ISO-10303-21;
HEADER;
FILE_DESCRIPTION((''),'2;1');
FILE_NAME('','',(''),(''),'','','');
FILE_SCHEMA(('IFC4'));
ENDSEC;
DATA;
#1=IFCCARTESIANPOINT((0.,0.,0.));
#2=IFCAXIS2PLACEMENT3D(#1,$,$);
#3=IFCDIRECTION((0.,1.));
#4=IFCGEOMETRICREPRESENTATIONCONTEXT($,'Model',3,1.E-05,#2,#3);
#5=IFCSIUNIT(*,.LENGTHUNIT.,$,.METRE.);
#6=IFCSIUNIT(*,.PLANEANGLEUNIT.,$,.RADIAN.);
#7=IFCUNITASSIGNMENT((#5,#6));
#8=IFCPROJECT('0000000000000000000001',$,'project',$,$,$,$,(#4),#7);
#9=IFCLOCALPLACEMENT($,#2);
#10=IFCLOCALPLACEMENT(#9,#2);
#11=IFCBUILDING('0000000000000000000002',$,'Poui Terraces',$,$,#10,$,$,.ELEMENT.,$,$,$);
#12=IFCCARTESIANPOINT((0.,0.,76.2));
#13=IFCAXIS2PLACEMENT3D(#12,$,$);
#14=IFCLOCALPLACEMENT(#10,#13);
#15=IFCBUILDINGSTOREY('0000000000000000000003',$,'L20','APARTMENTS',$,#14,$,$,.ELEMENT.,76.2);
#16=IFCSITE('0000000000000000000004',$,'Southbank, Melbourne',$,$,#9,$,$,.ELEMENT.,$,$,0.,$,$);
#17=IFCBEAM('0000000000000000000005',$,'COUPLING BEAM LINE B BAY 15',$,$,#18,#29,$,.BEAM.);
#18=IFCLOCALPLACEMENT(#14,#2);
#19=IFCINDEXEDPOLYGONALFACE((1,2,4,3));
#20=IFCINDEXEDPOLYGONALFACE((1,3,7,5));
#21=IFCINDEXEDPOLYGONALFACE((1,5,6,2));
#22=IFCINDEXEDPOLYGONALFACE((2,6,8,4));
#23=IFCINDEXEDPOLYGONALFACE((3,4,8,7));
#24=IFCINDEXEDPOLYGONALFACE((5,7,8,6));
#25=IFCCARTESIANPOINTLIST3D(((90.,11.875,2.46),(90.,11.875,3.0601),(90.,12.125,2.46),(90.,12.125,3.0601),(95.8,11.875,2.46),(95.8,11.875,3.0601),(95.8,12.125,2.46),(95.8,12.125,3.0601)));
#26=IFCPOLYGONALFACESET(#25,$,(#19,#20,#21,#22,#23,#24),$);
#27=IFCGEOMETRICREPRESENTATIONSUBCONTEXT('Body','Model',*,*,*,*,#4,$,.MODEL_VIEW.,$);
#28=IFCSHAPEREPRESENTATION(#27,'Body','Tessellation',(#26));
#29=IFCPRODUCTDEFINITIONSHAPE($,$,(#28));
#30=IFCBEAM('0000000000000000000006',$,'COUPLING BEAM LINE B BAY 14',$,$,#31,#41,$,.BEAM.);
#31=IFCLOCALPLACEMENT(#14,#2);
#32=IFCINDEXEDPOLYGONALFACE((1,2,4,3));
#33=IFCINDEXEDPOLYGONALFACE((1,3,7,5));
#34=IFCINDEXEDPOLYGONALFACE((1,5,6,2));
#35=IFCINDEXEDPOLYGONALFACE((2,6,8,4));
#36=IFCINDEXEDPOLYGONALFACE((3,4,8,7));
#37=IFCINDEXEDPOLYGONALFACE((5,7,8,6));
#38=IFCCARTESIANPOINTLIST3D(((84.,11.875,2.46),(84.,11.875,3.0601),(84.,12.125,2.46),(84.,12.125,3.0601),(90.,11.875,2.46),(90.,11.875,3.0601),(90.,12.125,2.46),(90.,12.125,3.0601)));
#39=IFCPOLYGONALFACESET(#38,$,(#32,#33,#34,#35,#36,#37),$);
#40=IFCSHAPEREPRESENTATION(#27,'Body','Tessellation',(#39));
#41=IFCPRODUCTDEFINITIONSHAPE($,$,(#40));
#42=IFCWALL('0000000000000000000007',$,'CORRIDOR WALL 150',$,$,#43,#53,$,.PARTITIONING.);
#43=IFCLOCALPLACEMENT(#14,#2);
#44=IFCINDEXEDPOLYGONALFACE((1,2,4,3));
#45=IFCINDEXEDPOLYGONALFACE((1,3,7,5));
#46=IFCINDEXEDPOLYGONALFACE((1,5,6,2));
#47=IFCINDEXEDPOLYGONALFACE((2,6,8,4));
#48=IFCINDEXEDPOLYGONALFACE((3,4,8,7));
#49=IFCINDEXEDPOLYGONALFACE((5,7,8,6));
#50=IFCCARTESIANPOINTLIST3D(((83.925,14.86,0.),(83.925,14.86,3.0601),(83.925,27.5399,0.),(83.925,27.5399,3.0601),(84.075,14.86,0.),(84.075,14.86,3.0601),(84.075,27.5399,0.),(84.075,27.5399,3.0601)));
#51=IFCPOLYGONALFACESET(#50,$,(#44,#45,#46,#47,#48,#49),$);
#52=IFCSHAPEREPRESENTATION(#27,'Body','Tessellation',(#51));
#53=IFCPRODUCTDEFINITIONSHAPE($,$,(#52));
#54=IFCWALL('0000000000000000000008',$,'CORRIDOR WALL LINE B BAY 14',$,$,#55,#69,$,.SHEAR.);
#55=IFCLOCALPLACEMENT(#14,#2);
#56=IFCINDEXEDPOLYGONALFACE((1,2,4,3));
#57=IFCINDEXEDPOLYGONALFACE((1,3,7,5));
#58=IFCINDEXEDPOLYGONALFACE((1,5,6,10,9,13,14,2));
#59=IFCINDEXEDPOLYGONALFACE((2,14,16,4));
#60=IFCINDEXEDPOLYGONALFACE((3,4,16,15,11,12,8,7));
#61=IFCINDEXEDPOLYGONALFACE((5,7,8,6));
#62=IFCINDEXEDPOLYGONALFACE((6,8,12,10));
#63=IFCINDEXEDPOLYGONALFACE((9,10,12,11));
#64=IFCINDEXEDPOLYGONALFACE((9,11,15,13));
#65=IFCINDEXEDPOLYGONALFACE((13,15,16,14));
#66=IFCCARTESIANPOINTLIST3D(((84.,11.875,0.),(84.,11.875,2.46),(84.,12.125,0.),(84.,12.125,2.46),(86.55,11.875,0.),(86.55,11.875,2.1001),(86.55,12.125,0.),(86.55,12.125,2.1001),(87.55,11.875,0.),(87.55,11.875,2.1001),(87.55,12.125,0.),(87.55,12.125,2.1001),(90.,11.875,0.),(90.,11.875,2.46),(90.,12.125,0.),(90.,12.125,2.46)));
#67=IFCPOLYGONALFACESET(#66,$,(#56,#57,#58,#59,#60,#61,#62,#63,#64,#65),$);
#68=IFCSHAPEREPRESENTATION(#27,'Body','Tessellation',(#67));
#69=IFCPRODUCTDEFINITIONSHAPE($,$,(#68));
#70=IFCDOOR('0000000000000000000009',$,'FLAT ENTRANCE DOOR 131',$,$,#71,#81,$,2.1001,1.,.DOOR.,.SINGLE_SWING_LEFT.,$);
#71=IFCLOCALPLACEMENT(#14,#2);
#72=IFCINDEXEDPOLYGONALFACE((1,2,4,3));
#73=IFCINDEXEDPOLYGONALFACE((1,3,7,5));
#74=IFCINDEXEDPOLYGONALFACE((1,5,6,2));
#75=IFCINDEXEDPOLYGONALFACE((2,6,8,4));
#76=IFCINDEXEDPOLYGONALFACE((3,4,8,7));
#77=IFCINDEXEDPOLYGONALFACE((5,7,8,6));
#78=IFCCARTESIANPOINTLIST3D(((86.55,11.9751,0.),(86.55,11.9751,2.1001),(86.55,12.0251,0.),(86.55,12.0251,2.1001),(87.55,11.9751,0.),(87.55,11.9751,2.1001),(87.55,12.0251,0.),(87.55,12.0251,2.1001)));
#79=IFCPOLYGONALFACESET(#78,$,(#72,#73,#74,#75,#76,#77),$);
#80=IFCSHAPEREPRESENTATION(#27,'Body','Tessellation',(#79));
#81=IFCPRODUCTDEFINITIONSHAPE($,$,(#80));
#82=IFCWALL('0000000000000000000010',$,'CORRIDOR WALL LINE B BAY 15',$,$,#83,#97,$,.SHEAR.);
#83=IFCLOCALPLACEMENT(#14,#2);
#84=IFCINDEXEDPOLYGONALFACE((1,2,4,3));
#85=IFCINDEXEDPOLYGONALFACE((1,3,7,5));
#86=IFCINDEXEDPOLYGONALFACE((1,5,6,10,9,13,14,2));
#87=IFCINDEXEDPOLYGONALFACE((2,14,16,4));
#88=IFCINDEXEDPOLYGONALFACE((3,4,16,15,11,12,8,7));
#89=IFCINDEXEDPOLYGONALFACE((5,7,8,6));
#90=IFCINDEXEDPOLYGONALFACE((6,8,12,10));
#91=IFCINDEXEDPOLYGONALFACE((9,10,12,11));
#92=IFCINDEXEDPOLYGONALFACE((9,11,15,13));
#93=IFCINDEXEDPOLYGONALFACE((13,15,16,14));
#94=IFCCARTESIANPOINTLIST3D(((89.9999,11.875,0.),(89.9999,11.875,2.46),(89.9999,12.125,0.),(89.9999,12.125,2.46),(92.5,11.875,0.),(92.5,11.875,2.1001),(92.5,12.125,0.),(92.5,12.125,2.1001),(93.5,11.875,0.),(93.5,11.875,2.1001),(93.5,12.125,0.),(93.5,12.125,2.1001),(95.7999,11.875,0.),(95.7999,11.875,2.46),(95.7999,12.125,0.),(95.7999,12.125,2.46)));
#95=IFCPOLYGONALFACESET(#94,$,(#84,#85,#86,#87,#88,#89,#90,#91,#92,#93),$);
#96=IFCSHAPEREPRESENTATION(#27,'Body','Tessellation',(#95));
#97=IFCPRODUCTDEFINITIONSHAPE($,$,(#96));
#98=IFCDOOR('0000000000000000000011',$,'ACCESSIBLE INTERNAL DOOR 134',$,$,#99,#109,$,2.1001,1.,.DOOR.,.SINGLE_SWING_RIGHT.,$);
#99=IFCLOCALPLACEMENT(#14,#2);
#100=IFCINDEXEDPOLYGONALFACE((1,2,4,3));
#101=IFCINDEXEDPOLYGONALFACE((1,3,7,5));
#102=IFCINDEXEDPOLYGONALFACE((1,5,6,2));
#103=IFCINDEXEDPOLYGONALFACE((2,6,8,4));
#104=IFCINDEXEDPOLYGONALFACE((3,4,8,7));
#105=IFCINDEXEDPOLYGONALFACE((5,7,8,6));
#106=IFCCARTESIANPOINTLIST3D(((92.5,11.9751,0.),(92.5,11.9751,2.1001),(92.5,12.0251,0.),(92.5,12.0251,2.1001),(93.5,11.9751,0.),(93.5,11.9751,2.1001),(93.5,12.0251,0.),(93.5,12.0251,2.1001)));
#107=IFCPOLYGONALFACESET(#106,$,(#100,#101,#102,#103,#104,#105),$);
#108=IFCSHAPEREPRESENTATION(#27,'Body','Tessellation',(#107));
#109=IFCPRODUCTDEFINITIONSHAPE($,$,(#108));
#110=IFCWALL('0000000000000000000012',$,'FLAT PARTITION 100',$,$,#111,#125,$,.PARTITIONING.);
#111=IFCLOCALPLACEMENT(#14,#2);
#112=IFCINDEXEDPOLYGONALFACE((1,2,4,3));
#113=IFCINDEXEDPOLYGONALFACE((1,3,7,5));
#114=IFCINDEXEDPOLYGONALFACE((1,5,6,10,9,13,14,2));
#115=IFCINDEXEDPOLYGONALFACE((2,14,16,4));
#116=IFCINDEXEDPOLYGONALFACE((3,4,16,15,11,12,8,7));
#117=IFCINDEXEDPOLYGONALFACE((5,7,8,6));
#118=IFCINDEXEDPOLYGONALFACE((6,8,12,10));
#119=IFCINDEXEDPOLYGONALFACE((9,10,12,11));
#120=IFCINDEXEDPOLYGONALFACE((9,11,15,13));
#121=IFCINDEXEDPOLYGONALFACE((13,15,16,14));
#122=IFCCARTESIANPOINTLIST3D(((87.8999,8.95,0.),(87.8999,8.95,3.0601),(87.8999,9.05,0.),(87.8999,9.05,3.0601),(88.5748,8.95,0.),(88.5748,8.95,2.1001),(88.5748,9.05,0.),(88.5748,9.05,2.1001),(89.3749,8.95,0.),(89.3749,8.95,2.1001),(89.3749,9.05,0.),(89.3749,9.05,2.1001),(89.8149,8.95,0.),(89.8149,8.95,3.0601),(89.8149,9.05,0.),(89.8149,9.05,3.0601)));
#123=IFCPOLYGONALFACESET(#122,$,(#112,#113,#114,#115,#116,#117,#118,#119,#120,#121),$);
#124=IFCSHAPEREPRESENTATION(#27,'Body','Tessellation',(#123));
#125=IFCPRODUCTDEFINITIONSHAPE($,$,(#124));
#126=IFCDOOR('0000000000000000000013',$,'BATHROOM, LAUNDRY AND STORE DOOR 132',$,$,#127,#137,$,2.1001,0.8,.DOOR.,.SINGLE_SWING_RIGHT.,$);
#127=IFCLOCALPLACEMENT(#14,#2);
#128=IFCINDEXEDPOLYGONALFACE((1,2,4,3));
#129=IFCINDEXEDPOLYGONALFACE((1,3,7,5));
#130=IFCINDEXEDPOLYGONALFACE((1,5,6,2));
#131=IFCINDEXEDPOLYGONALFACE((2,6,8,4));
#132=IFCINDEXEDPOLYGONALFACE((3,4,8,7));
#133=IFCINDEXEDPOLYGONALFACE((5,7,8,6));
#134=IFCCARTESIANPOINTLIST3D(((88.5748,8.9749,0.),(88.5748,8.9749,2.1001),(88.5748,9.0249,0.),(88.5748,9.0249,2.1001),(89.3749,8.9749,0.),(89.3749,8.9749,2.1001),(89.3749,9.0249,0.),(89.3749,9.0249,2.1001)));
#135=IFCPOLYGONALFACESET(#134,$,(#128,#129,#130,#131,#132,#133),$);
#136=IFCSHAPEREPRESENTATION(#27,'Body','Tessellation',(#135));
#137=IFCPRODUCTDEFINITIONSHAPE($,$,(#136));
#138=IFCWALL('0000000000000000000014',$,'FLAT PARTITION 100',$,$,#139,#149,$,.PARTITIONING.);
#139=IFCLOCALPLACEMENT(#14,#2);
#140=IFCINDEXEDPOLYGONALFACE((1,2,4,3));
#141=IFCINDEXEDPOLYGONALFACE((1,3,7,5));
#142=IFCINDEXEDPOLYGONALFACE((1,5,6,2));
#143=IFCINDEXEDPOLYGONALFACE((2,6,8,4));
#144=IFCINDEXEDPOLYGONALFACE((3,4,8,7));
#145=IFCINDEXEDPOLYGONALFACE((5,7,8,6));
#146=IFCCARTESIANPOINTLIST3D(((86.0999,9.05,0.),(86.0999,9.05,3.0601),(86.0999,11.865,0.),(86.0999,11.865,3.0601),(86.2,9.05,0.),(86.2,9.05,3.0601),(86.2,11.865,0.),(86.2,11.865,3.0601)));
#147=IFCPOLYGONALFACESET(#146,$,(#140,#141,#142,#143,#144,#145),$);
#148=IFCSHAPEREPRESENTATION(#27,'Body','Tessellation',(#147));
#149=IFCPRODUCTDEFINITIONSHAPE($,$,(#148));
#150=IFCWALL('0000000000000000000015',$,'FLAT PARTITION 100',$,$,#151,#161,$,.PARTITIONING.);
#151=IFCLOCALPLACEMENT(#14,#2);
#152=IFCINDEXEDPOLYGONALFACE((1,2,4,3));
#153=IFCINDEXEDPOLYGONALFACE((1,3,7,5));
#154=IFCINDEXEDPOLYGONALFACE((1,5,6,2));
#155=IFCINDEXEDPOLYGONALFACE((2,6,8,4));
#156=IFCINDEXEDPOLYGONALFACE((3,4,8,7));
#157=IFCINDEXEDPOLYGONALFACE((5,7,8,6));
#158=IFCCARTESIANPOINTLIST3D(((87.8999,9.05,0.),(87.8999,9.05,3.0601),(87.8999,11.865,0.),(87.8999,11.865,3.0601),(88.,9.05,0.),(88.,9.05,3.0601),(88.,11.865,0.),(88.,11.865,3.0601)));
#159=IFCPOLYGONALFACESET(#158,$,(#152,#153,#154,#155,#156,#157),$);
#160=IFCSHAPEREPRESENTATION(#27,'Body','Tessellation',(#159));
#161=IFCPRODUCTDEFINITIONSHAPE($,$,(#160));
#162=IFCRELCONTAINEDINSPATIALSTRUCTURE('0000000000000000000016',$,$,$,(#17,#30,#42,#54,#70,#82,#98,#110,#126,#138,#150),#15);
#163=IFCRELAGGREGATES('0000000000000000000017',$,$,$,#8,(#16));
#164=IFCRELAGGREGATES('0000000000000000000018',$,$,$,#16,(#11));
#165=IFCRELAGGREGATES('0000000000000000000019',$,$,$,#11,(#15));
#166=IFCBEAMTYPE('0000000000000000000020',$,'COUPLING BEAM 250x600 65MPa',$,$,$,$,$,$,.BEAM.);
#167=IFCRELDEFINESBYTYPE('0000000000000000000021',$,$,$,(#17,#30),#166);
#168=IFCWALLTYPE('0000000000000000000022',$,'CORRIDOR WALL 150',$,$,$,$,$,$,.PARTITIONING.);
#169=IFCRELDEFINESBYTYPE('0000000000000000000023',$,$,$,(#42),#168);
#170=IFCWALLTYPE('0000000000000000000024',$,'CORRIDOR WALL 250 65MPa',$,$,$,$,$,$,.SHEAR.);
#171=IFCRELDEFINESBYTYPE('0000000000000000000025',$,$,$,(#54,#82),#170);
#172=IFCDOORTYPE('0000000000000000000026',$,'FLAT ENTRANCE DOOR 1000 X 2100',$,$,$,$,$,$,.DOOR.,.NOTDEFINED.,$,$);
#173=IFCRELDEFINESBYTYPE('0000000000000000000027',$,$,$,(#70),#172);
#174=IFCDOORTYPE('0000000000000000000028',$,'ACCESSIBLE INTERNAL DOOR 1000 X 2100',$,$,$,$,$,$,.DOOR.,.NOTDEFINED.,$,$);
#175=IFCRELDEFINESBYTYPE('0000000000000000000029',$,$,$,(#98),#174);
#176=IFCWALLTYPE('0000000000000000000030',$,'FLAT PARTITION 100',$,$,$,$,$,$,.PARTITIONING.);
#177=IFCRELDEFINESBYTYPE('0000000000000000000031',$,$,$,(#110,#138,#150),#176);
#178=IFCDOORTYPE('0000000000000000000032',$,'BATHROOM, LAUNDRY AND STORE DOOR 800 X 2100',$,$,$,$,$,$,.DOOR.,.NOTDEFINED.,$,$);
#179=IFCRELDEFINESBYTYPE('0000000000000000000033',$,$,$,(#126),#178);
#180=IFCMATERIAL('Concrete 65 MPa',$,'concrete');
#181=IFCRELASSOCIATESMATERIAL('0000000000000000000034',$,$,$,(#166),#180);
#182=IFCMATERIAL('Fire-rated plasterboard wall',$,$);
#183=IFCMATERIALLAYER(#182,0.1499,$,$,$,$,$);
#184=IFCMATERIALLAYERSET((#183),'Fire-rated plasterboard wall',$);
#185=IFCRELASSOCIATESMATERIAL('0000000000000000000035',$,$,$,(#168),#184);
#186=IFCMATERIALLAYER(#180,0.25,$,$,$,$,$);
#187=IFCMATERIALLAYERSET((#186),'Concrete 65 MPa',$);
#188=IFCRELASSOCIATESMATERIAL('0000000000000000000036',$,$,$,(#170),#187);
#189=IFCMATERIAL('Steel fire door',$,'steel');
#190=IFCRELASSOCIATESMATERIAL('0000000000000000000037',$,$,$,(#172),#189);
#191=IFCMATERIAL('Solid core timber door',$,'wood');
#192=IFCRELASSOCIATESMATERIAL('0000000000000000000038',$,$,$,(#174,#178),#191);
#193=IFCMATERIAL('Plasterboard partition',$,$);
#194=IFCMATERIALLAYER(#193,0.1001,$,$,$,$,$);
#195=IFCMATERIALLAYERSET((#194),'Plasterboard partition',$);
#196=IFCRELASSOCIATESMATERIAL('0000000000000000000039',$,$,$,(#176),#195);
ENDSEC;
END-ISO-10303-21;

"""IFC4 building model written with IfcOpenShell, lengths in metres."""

from ifc_helpers import new_model, si_unit, direction, frame, frame_2d, origin, origin_2d, place, context, subcontext, project, spatial, rectangle, extrude, source, transform, mapped, material, layer, layer_set, material_profile, profile_set, type_object, element, fill, save


model = new_model("IFC4")

# Units and contexts
model_context = context("Model", 3, precision=1e-05, world=origin(), true_north=direction((0.0, 1.0)))
body_context = subcontext(model_context, "Body", "Model", "MODEL_VIEW")
ifc_project = project(units=[si_unit("LENGTHUNIT", "METRE"), si_unit("PLANEANGLEUNIT", "RADIAN")], contexts=[model_context])

# Site, building, storey
site_placement = place(None, origin())
site = spatial("IfcSite", under=ifc_project, at=site_placement, Name="Southbank, Melbourne", CompositionType="ELEMENT", RefElevation=0.0)
building_placement = place(site_placement, origin())
building = spatial("IfcBuilding", under=site, at=building_placement, Name="Poui Terraces", CompositionType="ELEMENT")
storey_placement = place(building_placement, frame((0.0, 0.0, 76.2)))
storey = spatial("IfcBuildingStorey", under=building, at=storey_placement, Name="L20", Description="APARTMENTS", CompositionType="ELEMENT", Elevation=76.2)

# Beams
ifc_material_1 = material(Name="Concrete 65 MPa", Category="concrete")
ifc_material_profile = material_profile(ifc_material_1, rectangle(XDim=0.25, YDim=0.6001, at=origin_2d()), Name="RC 250x600")
ifc_profile_set = profile_set([ifc_material_profile], Name="Concrete 65 MPa")
beam_type = type_object("IfcBeamType", Name="COUPLING BEAM 250x600 65MPa", PredefinedType="BEAM", material=ifc_profile_set)
shared_shape_1 = source(origin(), body_context, "Body", "SweptSolid", [
    extrude(rectangle(XDim=0.25, YDim=0.6001, at=origin_2d()), origin(), (0.0, 0.0, 1.0), 5.8),
])
beam_1_placement = place(storey_placement, frame((90.0, 12.0, 2.76), z_axis=(1.0, 0.0, 0.0), x_axis=(0.0, 1.0, 0.0)))
element("IfcBeam", 1, at=beam_1_placement, inside=storey, type_object=beam_type, Name="COUPLING BEAM LINE B BAY 15", PredefinedType="BEAM", context=body_context, shape_type="MappedRepresentation", body=[
    mapped(shared_shape_1, transform((0.0, 0.0, 0.0))),
])
shared_shape_2 = source(origin(), body_context, "Body", "SweptSolid", [
    extrude(rectangle(XDim=0.25, YDim=0.6001, at=origin_2d()), origin(), (0.0, 0.0, 1.0), 6.0),
])
beam_2_placement = place(storey_placement, frame((84.0, 12.0, 2.76), z_axis=(1.0, 0.0, 0.0), x_axis=(0.0, 1.0, 0.0)))
element("IfcBeam", 2, at=beam_2_placement, inside=storey, type_object=beam_type, Name="COUPLING BEAM LINE B BAY 14", PredefinedType="BEAM", context=body_context, shape_type="MappedRepresentation", body=[
    mapped(shared_shape_2, transform((0.0, 0.0, 0.0))),
])

# Wall
ifc_material_2 = material(Name="Fire-rated plasterboard wall")
ifc_layer_1 = layer(ifc_material_2, 0.1499)
ifc_layer_set_1 = layer_set([ifc_layer_1], Name="Fire-rated plasterboard wall")
wall_type_1 = type_object("IfcWallType", Name="CORRIDOR WALL 150", PredefinedType="PARTITIONING", material=ifc_layer_set_1)
wall_1_placement = place(storey_placement, frame((84.0, 14.8601, 0.0), z_axis=(0.0, 0.0, 1.0), x_axis=(0.0, 1.0, 0.0)))
element("IfcWall", 3, at=wall_1_placement, inside=storey, type_object=wall_type_1, Name="CORRIDOR WALL 150", PredefinedType="PARTITIONING", context=body_context, shape_type="SweptSolid", body=[
    extrude(rectangle(XDim=12.6799, YDim=0.1499, at=frame_2d((6.3398, 0.0))), origin(), (0.0, 0.0, 1.0), 3.0601),
])

# Walls, openings, doors
ifc_layer_2 = layer(ifc_material_1, 0.25)
ifc_layer_set_2 = layer_set([ifc_layer_2], Name="Concrete 65 MPa")
wall_type_2 = type_object("IfcWallType", Name="CORRIDOR WALL 250 65MPa", PredefinedType="SHEAR", material=ifc_layer_set_2)
wall_2_placement = place(storey_placement, frame((84.0, 12.0, 0.0), z_axis=(0.0, 0.0, 1.0), x_axis=(1.0, 0.0, 0.0)))
wall_2 = element("IfcWall", 4, at=wall_2_placement, inside=storey, type_object=wall_type_2, Name="CORRIDOR WALL LINE B BAY 14", PredefinedType="SHEAR", context=body_context, shape_type="SweptSolid", body=[
    extrude(rectangle(XDim=6.0, YDim=0.25, at=frame_2d((3.0, 0.0))), origin(), (0.0, 0.0, 1.0), 2.46),
])
opening_1_placement = place(wall_2_placement, frame((2.55, 0.0, 0.0)))
opening_1 = element("IfcOpeningElement", 5, at=opening_1_placement, cuts=wall_2, PredefinedType="OPENING", context=body_context, shape_type="SweptSolid", body=[
    extrude(rectangle(XDim=1.0, YDim=2.1001, at=frame_2d((0.5, 1.05))), frame((0.0, 0.135, 0.0), z_axis=(0.0, -1.0, 0.0), x_axis=(1.0, 0.0, 0.0)), (0.0, 0.0, 1.0), 0.27),
])
ifc_material_3 = material(Name="Steel fire door", Category="steel")
door_type_1 = type_object("IfcDoorType", Name="FLAT ENTRANCE DOOR 1000 X 2100", OperationType="NOTDEFINED", PredefinedType="DOOR", material=ifc_material_3)
door_1_placement = place(opening_1_placement, frame((1.0, 0.0, 0.0), z_axis=(0.0, 0.0, 1.0), x_axis=(-1.0, 0.0, 0.0)))
door_1 = element("IfcDoor", 6, at=door_1_placement, inside=storey, type_object=door_type_1, Name="FLAT ENTRANCE DOOR 131", OperationType="SINGLE_SWING_LEFT", OverallHeight=2.1001, OverallWidth=1.0, PredefinedType="DOOR", context=body_context, shape_type="SweptSolid", body=[
    extrude(rectangle(XDim=1.0, YDim=2.1001, at=frame_2d((0.5, 1.05))), frame((0.0, 0.0249, 0.0), z_axis=(0.0, -1.0, 0.0), x_axis=(1.0, 0.0, 0.0)), (0.0, 0.0, 1.0), 0.05),
])
fill(opening_1, door_1)
wall_3_placement = place(storey_placement, frame((90.0, 12.0, 0.0), z_axis=(0.0, 0.0, 1.0), x_axis=(1.0, 0.0, 0.0)))
wall_3 = element("IfcWall", 7, at=wall_3_placement, inside=storey, type_object=wall_type_2, Name="CORRIDOR WALL LINE B BAY 15", PredefinedType="SHEAR", context=body_context, shape_type="SweptSolid", body=[
    extrude(rectangle(XDim=5.8, YDim=0.25, at=frame_2d((2.8999, 0.0))), origin(), (0.0, 0.0, 1.0), 2.46),
])
opening_2_placement = place(wall_3_placement, frame((2.5, 0.0, 0.0)))
opening_2 = element("IfcOpeningElement", 8, at=opening_2_placement, cuts=wall_3, PredefinedType="OPENING", context=body_context, shape_type="SweptSolid", body=[
    extrude(rectangle(XDim=1.0, YDim=2.1001, at=frame_2d((0.5, 1.05))), frame((0.0, 0.135, 0.0), z_axis=(0.0, -1.0, 0.0), x_axis=(1.0, 0.0, 0.0)), (0.0, 0.0, 1.0), 0.27),
])
ifc_material_4 = material(Name="Solid core timber door", Category="wood")
door_type_2 = type_object("IfcDoorType", Name="ACCESSIBLE INTERNAL DOOR 1000 X 2100", OperationType="NOTDEFINED", PredefinedType="DOOR", material=ifc_material_4)
door_2_placement = place(opening_2_placement, frame((1.0, 0.0, 0.0), z_axis=(0.0, 0.0, 1.0), x_axis=(-1.0, 0.0, 0.0)))
door_2 = element("IfcDoor", 9, at=door_2_placement, inside=storey, type_object=door_type_2, Name="ACCESSIBLE INTERNAL DOOR 134", OperationType="SINGLE_SWING_RIGHT", OverallHeight=2.1001, OverallWidth=1.0, PredefinedType="DOOR", context=body_context, shape_type="SweptSolid", body=[
    extrude(rectangle(XDim=1.0, YDim=2.1001, at=frame_2d((0.5, 1.05))), frame((0.0, 0.0249, 0.0), z_axis=(0.0, -1.0, 0.0), x_axis=(1.0, 0.0, 0.0)), (0.0, 0.0, 1.0), 0.05),
])
fill(opening_2, door_2)
ifc_material_5 = material(Name="Plasterboard partition")
ifc_layer_3 = layer(ifc_material_5, 0.1001)
ifc_layer_set_3 = layer_set([ifc_layer_3], Name="Plasterboard partition")
wall_type_3 = type_object("IfcWallType", Name="FLAT PARTITION 100", PredefinedType="PARTITIONING", material=ifc_layer_set_3)
wall_4_placement = place(storey_placement, frame((87.8999, 9.0, 0.0), z_axis=(0.0, 0.0, 1.0), x_axis=(1.0, 0.0, 0.0)))
wall_4 = element("IfcWall", 10, at=wall_4_placement, inside=storey, type_object=wall_type_3, Name="FLAT PARTITION 100", PredefinedType="PARTITIONING", context=body_context, shape_type="SweptSolid", body=[
    extrude(rectangle(XDim=1.915, YDim=0.1001, at=frame_2d((0.9575, 0.0))), origin(), (0.0, 0.0, 1.0), 3.0601),
])
opening_3_placement = place(wall_4_placement, frame((0.675, 0.0, 0.0)))
opening_3 = element("IfcOpeningElement", 11, at=opening_3_placement, cuts=wall_4, PredefinedType="OPENING", context=body_context, shape_type="SweptSolid", body=[
    extrude(rectangle(XDim=0.8, YDim=2.1001, at=frame_2d((0.3999, 1.05))), frame((0.0, 0.0601, 0.0), z_axis=(0.0, -1.0, 0.0), x_axis=(1.0, 0.0, 0.0)), (0.0, 0.0, 1.0), 0.1201),
])
door_type_3 = type_object("IfcDoorType", Name="BATHROOM, LAUNDRY AND STORE DOOR 800 X 2100", OperationType="NOTDEFINED", PredefinedType="DOOR", material=ifc_material_4)
door_3_placement = place(opening_3_placement, origin())
door_3 = element("IfcDoor", 12, at=door_3_placement, inside=storey, type_object=door_type_3, Name="BATHROOM, LAUNDRY AND STORE DOOR 132", OperationType="SINGLE_SWING_RIGHT", OverallHeight=2.1001, OverallWidth=0.8, PredefinedType="DOOR", context=body_context, shape_type="SweptSolid", body=[
    extrude(rectangle(XDim=0.8, YDim=2.1001, at=frame_2d((0.3999, 1.05))), frame((0.0, 0.0249, 0.0), z_axis=(0.0, -1.0, 0.0), x_axis=(1.0, 0.0, 0.0)), (0.0, 0.0, 1.0), 0.05),
])
fill(opening_3, door_3)

# Walls
for number, where, z_axis, x_axis, name in (
    (13, (86.1499, 9.05, 0.0), (0.0, 0.0, 1.0), (0.0, 1.0, 0.0), "FLAT PARTITION 100"),
    (14, (87.95, 9.05, 0.0), (0.0, 0.0, 1.0), (0.0, 1.0, 0.0), "FLAT PARTITION 100"),
):
    element("IfcWall", number, at=place(storey_placement, frame(where, z_axis=z_axis, x_axis=x_axis)), inside=storey, type_object=wall_type_3, Name=name, PredefinedType="PARTITIONING", context=body_context, shape_type="SweptSolid", body=[
        extrude(rectangle(XDim=2.8149, YDim=0.1001, at=frame_2d((1.4075, 0.0))), origin(), (0.0, 0.0, 1.0), 3.0601),
    ])

save(model, "model.ifc")
